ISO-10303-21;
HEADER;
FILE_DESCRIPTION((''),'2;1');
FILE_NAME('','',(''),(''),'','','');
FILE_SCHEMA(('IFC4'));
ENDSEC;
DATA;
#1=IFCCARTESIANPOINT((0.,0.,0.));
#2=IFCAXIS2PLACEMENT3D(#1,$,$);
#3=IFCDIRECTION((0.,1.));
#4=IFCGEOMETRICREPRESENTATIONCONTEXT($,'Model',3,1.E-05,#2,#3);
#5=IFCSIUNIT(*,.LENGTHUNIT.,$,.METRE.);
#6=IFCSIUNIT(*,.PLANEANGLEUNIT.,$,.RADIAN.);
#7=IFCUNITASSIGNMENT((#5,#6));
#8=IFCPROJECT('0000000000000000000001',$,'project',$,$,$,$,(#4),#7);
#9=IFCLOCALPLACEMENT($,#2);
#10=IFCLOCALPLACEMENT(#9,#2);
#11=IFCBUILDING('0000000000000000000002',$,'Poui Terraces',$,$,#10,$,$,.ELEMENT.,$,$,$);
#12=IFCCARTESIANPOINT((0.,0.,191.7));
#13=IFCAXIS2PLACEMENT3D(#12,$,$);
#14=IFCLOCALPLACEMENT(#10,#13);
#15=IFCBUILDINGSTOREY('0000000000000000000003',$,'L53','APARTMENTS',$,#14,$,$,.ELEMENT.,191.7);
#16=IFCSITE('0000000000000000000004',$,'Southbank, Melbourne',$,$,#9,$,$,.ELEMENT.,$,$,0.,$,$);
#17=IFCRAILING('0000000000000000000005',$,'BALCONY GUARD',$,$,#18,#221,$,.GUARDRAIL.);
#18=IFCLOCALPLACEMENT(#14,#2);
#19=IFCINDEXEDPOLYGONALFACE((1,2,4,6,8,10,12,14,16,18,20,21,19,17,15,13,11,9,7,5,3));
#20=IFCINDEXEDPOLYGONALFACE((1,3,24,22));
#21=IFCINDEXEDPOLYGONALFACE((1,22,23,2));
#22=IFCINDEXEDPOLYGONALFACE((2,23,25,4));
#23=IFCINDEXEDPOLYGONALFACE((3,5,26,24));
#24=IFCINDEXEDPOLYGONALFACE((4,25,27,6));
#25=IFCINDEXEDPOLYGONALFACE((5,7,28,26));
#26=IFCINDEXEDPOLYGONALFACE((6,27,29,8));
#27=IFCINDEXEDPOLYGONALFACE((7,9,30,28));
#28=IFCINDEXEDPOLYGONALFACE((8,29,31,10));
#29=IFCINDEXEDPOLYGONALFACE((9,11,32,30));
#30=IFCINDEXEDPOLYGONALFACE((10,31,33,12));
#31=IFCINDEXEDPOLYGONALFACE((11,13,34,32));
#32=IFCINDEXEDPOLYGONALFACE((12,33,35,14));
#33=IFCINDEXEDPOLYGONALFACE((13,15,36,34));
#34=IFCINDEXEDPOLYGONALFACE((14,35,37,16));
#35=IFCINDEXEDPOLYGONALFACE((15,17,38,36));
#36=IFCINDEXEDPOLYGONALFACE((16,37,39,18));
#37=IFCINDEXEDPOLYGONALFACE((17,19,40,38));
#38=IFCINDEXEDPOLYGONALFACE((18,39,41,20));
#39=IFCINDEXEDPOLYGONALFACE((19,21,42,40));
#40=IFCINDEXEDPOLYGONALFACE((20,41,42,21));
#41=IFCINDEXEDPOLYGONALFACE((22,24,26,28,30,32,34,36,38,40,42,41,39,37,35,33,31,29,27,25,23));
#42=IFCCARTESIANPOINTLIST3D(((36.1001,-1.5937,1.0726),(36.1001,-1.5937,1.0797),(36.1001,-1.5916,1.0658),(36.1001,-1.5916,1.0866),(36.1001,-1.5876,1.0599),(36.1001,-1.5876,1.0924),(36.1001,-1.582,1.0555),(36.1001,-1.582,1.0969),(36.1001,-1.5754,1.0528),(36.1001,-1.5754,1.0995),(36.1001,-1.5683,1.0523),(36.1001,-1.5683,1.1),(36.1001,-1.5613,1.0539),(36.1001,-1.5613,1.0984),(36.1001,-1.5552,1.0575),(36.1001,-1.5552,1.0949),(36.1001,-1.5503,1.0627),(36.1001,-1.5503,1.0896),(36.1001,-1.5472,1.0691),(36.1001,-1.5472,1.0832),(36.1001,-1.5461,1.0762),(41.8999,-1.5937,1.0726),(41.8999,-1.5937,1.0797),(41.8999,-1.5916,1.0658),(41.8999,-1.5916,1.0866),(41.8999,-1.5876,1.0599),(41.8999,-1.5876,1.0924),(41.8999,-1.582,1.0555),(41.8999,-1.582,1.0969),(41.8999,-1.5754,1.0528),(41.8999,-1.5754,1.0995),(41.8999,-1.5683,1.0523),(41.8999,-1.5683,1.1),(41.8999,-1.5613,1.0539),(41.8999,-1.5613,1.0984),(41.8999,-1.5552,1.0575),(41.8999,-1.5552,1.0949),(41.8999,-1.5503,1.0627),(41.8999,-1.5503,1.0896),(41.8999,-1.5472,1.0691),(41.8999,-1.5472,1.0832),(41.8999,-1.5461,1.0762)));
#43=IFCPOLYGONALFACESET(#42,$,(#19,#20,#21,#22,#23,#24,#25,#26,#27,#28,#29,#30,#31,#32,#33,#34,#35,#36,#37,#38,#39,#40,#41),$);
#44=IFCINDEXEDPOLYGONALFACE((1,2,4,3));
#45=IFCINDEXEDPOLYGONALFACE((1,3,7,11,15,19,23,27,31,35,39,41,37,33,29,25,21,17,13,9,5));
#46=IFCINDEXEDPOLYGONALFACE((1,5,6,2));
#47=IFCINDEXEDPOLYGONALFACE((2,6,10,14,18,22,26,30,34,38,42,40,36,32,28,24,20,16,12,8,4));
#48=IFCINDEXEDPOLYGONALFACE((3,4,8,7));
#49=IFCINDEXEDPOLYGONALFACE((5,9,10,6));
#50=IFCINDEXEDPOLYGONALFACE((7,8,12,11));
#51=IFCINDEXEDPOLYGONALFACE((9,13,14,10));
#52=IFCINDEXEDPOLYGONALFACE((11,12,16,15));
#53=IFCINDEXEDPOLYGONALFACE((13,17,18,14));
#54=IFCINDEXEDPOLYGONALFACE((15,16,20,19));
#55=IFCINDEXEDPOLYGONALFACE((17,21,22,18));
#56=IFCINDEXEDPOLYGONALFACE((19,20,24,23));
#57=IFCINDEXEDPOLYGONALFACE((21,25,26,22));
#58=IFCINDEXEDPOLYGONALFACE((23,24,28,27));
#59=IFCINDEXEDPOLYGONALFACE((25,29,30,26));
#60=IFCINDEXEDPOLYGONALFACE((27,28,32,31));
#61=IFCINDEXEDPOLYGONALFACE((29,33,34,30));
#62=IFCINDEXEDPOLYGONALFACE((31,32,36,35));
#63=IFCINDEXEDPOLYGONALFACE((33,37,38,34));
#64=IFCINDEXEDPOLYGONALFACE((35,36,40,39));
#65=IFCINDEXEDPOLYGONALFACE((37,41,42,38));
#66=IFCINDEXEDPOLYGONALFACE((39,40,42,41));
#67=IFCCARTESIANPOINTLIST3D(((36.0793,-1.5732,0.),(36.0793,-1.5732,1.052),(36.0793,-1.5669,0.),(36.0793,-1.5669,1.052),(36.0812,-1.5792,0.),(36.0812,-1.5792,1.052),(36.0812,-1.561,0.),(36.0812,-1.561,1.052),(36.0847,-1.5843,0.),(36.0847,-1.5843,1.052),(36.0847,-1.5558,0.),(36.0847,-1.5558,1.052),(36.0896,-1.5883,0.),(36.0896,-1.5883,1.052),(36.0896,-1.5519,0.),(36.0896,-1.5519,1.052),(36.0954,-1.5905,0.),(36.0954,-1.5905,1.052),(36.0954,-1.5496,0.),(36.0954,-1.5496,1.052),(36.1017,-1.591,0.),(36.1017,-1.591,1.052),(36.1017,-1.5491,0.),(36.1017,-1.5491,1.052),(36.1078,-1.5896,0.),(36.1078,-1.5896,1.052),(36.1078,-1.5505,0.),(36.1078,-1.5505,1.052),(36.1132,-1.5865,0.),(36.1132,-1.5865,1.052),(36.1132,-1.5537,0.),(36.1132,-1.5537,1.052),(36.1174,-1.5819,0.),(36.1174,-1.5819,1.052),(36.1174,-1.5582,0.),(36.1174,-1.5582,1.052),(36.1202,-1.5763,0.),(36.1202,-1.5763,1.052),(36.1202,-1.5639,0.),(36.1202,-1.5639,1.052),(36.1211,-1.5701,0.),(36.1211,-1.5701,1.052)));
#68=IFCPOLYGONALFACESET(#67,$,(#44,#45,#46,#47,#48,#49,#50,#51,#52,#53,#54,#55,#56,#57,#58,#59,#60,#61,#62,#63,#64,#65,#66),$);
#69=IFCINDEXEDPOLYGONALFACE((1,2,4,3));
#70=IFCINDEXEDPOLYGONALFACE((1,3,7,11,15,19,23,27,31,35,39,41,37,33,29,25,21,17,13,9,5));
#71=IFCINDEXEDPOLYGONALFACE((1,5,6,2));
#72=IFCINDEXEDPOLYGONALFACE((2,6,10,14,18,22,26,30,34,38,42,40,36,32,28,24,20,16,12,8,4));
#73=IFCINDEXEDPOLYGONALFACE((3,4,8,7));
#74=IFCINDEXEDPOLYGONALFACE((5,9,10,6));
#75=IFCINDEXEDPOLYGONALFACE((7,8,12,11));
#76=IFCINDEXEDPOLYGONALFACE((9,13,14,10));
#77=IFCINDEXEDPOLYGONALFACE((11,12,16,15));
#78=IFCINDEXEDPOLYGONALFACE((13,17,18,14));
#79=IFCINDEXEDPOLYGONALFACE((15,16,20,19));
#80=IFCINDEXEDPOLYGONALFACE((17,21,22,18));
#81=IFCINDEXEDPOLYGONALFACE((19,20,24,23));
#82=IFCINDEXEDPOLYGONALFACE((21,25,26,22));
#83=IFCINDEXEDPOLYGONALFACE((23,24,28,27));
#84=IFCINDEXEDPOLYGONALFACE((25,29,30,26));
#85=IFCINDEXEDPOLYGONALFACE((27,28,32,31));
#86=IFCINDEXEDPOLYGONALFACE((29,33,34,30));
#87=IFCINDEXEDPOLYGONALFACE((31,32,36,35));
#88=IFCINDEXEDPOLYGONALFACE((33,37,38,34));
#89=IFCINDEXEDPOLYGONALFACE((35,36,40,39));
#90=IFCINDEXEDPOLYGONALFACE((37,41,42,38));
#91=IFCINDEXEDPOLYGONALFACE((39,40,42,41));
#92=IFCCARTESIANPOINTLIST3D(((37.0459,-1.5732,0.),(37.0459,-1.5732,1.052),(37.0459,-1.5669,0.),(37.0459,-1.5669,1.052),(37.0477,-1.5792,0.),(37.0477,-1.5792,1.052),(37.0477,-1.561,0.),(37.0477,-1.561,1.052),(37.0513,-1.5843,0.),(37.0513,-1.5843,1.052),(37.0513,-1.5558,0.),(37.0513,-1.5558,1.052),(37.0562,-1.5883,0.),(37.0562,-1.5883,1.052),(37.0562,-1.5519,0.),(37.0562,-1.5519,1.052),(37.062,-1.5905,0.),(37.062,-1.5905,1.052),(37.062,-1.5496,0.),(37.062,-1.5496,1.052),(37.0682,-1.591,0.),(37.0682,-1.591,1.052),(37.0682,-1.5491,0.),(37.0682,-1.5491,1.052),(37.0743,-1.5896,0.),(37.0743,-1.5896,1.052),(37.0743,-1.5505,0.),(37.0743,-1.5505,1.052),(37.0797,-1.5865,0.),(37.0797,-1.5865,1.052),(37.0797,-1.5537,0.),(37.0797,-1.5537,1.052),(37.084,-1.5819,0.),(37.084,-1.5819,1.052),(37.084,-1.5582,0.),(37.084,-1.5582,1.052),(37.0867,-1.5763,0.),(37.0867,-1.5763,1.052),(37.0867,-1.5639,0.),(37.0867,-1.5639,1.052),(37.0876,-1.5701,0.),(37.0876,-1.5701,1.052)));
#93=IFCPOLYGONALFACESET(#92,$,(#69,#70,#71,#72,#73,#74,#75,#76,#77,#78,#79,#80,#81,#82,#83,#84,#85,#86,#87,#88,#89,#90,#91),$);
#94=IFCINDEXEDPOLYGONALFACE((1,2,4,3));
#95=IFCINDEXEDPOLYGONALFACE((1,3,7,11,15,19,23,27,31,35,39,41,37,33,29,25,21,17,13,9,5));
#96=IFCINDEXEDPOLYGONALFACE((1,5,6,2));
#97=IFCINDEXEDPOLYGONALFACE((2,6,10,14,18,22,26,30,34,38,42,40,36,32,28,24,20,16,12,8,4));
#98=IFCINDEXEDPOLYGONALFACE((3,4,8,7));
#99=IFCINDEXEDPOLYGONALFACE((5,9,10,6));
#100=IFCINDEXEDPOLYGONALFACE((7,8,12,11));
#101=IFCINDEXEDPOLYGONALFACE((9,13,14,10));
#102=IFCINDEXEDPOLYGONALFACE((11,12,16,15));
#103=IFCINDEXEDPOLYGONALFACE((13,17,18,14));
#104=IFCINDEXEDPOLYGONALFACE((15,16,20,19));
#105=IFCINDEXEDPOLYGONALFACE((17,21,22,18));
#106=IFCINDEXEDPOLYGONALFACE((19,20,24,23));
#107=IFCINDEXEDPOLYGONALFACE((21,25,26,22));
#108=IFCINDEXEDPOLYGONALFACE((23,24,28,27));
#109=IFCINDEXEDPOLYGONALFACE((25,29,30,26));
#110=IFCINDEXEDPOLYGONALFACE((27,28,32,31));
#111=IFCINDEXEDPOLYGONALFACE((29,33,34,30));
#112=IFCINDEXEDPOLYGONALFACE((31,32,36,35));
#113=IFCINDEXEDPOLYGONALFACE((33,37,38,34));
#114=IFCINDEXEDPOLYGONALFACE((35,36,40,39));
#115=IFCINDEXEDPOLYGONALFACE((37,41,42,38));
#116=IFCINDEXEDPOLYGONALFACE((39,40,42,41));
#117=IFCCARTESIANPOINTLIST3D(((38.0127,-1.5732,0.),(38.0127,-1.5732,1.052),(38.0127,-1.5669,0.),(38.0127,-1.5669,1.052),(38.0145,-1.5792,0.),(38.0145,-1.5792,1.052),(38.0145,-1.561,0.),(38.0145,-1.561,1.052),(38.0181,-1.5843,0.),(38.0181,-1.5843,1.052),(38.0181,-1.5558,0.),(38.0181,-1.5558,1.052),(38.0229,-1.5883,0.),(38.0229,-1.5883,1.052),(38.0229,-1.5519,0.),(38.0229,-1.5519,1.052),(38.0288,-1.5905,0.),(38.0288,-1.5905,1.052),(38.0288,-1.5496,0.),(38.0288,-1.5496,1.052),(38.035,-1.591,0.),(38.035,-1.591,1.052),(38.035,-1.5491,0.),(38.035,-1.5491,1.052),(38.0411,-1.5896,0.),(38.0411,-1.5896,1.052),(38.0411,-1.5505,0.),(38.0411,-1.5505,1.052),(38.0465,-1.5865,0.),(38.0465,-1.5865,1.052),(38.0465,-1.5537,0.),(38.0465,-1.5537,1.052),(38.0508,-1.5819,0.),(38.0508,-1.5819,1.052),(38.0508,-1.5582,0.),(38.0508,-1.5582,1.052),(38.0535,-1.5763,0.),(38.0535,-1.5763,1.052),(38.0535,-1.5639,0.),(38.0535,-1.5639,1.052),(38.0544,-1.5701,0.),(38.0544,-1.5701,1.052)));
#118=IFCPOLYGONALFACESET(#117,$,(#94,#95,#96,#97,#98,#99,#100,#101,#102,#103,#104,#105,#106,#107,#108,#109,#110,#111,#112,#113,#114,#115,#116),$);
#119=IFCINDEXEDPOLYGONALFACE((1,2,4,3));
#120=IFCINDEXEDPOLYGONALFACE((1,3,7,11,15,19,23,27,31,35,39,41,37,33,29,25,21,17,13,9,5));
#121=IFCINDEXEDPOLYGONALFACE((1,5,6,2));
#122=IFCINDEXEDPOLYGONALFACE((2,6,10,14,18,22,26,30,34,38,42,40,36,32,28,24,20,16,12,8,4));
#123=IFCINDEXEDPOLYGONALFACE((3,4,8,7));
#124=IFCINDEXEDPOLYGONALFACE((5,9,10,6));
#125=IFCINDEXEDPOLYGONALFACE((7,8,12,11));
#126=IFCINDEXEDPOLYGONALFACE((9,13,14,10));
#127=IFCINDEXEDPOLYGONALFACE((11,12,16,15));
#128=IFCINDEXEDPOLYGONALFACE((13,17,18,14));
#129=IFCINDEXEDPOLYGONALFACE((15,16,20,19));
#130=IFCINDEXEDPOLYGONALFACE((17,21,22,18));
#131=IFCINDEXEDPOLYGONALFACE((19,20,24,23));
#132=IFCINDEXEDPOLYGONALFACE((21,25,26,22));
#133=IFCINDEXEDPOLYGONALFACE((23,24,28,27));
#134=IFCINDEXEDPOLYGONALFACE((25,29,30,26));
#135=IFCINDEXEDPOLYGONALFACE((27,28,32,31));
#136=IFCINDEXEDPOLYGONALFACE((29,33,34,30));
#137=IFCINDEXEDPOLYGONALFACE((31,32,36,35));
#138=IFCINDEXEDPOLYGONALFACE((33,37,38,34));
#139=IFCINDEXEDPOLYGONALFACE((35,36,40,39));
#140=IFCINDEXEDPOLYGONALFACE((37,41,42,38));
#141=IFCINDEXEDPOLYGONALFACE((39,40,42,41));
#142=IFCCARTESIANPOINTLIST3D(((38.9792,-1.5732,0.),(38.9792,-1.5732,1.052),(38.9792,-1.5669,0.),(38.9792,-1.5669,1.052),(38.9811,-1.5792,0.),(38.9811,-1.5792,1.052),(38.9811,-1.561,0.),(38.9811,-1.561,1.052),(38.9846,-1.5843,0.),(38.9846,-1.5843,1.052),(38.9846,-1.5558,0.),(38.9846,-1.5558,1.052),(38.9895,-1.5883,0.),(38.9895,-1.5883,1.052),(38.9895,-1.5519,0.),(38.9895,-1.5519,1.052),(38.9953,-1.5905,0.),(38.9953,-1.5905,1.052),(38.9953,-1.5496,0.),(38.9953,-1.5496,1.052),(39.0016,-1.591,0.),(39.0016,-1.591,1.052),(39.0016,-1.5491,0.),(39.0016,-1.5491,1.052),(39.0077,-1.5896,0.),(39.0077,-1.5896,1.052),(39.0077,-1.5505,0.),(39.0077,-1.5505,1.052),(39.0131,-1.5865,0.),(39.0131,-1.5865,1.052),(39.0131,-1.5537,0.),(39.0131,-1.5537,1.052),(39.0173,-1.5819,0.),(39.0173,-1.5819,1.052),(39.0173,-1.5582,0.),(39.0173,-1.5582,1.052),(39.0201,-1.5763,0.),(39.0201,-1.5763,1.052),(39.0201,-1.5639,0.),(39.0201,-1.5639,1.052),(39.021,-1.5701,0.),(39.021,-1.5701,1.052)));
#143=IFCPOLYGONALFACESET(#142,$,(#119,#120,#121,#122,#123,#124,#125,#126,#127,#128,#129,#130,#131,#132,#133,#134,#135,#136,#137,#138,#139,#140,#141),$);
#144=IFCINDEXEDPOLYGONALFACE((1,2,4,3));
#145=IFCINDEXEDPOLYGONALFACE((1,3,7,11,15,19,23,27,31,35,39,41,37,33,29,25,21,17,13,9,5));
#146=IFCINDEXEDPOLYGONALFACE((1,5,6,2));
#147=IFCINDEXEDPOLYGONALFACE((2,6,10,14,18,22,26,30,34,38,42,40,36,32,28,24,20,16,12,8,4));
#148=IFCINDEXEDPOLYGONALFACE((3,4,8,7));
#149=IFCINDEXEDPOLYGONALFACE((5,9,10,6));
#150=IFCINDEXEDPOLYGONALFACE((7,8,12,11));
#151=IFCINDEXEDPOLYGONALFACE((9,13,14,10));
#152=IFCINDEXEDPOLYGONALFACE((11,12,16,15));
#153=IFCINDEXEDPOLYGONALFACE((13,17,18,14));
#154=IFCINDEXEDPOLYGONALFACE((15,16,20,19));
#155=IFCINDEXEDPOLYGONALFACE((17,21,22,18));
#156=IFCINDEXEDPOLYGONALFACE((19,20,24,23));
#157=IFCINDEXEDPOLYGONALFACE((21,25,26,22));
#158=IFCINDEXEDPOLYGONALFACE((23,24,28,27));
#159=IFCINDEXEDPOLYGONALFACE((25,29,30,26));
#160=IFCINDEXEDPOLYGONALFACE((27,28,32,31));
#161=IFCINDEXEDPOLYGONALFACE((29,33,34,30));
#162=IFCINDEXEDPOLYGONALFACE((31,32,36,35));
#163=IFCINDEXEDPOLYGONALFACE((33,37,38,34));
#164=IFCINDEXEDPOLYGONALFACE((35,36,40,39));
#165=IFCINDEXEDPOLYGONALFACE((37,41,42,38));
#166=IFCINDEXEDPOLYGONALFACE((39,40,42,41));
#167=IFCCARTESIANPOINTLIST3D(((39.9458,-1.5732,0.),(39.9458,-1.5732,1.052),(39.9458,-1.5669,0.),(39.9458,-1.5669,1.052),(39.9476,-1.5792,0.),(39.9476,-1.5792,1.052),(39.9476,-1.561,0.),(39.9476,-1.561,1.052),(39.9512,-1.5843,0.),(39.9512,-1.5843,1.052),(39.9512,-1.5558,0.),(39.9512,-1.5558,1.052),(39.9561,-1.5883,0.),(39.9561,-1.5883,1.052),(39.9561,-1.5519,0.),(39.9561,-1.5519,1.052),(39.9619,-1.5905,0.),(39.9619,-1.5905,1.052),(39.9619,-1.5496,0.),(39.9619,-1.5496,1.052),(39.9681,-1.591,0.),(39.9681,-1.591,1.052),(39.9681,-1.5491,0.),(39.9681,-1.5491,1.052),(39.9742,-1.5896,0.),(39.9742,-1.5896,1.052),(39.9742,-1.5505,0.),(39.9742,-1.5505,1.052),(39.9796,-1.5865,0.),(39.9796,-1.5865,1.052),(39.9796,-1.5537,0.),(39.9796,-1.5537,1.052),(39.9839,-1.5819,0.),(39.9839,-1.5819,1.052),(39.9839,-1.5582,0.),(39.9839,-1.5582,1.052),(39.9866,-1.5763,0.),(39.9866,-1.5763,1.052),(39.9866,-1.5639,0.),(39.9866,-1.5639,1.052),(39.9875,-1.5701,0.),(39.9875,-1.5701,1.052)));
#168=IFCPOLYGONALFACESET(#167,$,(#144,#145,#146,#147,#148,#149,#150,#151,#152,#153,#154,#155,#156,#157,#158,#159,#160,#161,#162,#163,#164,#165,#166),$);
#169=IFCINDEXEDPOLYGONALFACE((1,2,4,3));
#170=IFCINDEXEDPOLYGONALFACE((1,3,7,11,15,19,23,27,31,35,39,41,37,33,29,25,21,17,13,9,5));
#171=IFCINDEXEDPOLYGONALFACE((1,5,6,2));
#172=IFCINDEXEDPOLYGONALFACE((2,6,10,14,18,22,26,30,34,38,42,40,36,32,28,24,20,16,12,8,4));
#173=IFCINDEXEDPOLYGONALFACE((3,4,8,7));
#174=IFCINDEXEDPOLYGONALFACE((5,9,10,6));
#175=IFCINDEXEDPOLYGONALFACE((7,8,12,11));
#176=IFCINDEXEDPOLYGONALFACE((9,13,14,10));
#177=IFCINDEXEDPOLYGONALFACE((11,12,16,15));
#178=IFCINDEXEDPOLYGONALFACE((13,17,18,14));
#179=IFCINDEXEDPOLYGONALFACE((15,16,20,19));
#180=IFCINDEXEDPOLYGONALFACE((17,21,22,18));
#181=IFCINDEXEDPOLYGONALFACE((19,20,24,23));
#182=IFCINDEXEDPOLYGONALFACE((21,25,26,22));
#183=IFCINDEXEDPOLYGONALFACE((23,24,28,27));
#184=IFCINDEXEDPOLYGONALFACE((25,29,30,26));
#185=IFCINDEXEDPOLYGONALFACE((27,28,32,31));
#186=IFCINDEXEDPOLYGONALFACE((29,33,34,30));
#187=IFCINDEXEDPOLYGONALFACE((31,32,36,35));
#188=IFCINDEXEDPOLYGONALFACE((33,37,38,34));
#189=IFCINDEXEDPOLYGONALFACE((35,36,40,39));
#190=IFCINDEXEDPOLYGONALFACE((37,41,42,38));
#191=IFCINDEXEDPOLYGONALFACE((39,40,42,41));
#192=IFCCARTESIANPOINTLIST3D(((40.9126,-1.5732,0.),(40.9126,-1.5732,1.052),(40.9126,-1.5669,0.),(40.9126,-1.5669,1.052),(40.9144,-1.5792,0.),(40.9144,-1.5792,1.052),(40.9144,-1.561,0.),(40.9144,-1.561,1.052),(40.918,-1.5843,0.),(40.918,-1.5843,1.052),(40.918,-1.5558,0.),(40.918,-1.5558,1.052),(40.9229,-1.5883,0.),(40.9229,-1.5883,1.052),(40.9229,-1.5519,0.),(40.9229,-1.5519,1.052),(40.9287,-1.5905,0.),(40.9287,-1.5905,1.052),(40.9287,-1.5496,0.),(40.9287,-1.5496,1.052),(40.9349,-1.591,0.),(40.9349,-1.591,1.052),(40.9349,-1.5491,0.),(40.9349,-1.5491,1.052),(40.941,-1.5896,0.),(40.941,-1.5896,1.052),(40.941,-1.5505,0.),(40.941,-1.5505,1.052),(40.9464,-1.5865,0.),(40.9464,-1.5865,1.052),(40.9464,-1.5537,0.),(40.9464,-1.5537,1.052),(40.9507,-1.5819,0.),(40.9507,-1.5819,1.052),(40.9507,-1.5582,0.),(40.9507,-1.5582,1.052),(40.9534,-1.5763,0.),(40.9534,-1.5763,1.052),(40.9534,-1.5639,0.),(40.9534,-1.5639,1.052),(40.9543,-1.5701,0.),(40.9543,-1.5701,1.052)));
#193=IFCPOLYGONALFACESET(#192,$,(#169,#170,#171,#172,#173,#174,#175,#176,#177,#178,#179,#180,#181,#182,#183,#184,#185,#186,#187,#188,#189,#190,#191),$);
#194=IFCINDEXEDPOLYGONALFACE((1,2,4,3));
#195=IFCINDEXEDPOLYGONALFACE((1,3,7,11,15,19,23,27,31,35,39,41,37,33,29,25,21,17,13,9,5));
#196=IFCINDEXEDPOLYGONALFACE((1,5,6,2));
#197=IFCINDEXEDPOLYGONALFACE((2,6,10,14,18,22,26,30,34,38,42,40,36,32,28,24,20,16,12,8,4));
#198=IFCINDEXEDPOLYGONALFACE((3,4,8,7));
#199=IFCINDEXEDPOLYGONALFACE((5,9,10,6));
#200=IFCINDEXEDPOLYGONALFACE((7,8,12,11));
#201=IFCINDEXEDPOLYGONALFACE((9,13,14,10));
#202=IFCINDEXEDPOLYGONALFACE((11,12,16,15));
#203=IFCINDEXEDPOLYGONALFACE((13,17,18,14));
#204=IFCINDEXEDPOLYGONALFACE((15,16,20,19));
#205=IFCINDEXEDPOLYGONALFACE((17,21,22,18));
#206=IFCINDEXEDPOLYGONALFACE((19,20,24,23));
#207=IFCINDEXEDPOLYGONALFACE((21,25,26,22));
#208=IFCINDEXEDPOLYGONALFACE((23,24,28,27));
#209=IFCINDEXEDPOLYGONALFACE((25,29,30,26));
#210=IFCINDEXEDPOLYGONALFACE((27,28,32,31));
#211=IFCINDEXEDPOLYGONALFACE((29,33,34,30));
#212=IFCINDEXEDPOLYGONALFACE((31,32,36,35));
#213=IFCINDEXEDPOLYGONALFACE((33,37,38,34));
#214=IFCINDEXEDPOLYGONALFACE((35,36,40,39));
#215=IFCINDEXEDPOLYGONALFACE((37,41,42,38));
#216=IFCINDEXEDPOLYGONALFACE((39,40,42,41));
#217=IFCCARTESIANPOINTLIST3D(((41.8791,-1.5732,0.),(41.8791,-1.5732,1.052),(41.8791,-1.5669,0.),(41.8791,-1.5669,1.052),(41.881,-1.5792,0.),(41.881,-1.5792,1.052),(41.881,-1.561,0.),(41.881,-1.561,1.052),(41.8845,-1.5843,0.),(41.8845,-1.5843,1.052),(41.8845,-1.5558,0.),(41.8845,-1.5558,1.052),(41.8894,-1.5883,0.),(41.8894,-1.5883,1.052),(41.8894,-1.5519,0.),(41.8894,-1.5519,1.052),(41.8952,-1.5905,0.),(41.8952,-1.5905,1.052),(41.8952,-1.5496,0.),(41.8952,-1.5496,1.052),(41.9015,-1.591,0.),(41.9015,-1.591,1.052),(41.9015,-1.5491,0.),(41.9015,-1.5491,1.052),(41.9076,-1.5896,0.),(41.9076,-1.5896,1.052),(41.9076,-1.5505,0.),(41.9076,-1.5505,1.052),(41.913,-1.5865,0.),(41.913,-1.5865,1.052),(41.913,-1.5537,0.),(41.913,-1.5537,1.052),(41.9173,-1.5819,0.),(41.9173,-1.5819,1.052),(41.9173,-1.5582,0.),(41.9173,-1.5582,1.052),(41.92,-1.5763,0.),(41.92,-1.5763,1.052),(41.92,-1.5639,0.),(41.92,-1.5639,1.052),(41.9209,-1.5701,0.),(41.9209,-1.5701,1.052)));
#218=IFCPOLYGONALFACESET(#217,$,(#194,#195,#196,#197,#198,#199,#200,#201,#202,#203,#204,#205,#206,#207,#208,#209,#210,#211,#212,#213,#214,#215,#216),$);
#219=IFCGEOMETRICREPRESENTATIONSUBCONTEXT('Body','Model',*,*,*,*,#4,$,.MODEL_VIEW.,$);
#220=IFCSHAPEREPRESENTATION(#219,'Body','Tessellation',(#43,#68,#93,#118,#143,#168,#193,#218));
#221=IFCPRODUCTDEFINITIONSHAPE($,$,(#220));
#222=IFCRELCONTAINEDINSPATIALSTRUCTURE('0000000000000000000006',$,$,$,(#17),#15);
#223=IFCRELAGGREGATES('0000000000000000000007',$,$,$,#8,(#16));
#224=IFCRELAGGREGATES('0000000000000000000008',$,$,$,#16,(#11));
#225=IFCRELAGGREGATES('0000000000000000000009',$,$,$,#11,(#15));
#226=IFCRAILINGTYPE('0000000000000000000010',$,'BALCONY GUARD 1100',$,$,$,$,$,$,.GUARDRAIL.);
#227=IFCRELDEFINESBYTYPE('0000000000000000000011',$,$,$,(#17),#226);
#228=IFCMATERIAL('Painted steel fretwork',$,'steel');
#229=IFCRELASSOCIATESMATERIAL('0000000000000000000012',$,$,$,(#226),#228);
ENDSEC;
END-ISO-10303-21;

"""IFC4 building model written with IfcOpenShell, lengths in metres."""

from ifc_helpers import new_model, si_unit, direction, frame, origin, origin_2d, place, context, subcontext, project, spatial, circle, extrude, material, type_object, element, save


model = new_model("IFC4")

# Units and contexts
model_context = context("Model", 3, precision=1e-05, world=origin(), true_north=direction((0.0, 1.0)))
body_context = subcontext(model_context, "Body", "Model", "MODEL_VIEW")
ifc_project = project(units=[si_unit("LENGTHUNIT", "METRE"), si_unit("PLANEANGLEUNIT", "RADIAN")], contexts=[model_context])

# Site, building, storey
site_placement = place(None, origin())
site = spatial("IfcSite", under=ifc_project, at=site_placement, Name="Southbank, Melbourne", CompositionType="ELEMENT", RefElevation=0.0)
building_placement = place(site_placement, origin())
building = spatial("IfcBuilding", under=site, at=building_placement, Name="Poui Terraces", CompositionType="ELEMENT")
storey_placement = place(building_placement, frame((0.0, 0.0, 191.7)))
storey = spatial("IfcBuildingStorey", under=building, at=storey_placement, Name="L53", Description="APARTMENTS", CompositionType="ELEMENT", Elevation=191.7)

# Railing
ifc_material_1 = material(Name="Painted steel fretwork", Category="steel")
railing_type = type_object("IfcRailingType", Name="BALCONY GUARD 1100", PredefinedType="GUARDRAIL", material=ifc_material_1)
railing_placement = place(storey_placement, frame((36.1001, -1.5701, 0.0)))
element("IfcRailing", 1, at=railing_placement, inside=storey, type_object=railing_type, Name="BALCONY GUARD", PredefinedType="GUARDRAIL", context=body_context, shape_type="SweptSolid", body=[
    extrude(circle(Radius=0.0239, at=origin_2d()), frame((0.0, 0.0, 1.0762), z_axis=(1.0, 0.0, 0.0), x_axis=(0.0, 1.0, 0.0)), (0.0, 0.0, 1.0), 5.7998),
    extrude(circle(Radius=0.021, at=origin_2d()), origin(), (0.0, 0.0, 1.0), 1.052),
    extrude(circle(Radius=0.021, at=origin_2d()), frame((0.9666, 0.0, 0.0)), (0.0, 0.0, 1.0), 1.052),
    extrude(circle(Radius=0.021, at=origin_2d()), frame((1.9333, 0.0, 0.0)), (0.0, 0.0, 1.0), 1.052),
    extrude(circle(Radius=0.021, at=origin_2d()), frame((2.8999, 0.0, 0.0)), (0.0, 0.0, 1.0), 1.052),
    extrude(circle(Radius=0.021, at=origin_2d()), frame((3.8665, 0.0, 0.0)), (0.0, 0.0, 1.0), 1.052),
    extrude(circle(Radius=0.021, at=origin_2d()), frame((4.8333, 0.0, 0.0)), (0.0, 0.0, 1.0), 1.052),
    extrude(circle(Radius=0.021, at=origin_2d()), frame((5.7998, 0.0, 0.0)), (0.0, 0.0, 1.0), 1.052),
])

save(model, "model.ifc")
